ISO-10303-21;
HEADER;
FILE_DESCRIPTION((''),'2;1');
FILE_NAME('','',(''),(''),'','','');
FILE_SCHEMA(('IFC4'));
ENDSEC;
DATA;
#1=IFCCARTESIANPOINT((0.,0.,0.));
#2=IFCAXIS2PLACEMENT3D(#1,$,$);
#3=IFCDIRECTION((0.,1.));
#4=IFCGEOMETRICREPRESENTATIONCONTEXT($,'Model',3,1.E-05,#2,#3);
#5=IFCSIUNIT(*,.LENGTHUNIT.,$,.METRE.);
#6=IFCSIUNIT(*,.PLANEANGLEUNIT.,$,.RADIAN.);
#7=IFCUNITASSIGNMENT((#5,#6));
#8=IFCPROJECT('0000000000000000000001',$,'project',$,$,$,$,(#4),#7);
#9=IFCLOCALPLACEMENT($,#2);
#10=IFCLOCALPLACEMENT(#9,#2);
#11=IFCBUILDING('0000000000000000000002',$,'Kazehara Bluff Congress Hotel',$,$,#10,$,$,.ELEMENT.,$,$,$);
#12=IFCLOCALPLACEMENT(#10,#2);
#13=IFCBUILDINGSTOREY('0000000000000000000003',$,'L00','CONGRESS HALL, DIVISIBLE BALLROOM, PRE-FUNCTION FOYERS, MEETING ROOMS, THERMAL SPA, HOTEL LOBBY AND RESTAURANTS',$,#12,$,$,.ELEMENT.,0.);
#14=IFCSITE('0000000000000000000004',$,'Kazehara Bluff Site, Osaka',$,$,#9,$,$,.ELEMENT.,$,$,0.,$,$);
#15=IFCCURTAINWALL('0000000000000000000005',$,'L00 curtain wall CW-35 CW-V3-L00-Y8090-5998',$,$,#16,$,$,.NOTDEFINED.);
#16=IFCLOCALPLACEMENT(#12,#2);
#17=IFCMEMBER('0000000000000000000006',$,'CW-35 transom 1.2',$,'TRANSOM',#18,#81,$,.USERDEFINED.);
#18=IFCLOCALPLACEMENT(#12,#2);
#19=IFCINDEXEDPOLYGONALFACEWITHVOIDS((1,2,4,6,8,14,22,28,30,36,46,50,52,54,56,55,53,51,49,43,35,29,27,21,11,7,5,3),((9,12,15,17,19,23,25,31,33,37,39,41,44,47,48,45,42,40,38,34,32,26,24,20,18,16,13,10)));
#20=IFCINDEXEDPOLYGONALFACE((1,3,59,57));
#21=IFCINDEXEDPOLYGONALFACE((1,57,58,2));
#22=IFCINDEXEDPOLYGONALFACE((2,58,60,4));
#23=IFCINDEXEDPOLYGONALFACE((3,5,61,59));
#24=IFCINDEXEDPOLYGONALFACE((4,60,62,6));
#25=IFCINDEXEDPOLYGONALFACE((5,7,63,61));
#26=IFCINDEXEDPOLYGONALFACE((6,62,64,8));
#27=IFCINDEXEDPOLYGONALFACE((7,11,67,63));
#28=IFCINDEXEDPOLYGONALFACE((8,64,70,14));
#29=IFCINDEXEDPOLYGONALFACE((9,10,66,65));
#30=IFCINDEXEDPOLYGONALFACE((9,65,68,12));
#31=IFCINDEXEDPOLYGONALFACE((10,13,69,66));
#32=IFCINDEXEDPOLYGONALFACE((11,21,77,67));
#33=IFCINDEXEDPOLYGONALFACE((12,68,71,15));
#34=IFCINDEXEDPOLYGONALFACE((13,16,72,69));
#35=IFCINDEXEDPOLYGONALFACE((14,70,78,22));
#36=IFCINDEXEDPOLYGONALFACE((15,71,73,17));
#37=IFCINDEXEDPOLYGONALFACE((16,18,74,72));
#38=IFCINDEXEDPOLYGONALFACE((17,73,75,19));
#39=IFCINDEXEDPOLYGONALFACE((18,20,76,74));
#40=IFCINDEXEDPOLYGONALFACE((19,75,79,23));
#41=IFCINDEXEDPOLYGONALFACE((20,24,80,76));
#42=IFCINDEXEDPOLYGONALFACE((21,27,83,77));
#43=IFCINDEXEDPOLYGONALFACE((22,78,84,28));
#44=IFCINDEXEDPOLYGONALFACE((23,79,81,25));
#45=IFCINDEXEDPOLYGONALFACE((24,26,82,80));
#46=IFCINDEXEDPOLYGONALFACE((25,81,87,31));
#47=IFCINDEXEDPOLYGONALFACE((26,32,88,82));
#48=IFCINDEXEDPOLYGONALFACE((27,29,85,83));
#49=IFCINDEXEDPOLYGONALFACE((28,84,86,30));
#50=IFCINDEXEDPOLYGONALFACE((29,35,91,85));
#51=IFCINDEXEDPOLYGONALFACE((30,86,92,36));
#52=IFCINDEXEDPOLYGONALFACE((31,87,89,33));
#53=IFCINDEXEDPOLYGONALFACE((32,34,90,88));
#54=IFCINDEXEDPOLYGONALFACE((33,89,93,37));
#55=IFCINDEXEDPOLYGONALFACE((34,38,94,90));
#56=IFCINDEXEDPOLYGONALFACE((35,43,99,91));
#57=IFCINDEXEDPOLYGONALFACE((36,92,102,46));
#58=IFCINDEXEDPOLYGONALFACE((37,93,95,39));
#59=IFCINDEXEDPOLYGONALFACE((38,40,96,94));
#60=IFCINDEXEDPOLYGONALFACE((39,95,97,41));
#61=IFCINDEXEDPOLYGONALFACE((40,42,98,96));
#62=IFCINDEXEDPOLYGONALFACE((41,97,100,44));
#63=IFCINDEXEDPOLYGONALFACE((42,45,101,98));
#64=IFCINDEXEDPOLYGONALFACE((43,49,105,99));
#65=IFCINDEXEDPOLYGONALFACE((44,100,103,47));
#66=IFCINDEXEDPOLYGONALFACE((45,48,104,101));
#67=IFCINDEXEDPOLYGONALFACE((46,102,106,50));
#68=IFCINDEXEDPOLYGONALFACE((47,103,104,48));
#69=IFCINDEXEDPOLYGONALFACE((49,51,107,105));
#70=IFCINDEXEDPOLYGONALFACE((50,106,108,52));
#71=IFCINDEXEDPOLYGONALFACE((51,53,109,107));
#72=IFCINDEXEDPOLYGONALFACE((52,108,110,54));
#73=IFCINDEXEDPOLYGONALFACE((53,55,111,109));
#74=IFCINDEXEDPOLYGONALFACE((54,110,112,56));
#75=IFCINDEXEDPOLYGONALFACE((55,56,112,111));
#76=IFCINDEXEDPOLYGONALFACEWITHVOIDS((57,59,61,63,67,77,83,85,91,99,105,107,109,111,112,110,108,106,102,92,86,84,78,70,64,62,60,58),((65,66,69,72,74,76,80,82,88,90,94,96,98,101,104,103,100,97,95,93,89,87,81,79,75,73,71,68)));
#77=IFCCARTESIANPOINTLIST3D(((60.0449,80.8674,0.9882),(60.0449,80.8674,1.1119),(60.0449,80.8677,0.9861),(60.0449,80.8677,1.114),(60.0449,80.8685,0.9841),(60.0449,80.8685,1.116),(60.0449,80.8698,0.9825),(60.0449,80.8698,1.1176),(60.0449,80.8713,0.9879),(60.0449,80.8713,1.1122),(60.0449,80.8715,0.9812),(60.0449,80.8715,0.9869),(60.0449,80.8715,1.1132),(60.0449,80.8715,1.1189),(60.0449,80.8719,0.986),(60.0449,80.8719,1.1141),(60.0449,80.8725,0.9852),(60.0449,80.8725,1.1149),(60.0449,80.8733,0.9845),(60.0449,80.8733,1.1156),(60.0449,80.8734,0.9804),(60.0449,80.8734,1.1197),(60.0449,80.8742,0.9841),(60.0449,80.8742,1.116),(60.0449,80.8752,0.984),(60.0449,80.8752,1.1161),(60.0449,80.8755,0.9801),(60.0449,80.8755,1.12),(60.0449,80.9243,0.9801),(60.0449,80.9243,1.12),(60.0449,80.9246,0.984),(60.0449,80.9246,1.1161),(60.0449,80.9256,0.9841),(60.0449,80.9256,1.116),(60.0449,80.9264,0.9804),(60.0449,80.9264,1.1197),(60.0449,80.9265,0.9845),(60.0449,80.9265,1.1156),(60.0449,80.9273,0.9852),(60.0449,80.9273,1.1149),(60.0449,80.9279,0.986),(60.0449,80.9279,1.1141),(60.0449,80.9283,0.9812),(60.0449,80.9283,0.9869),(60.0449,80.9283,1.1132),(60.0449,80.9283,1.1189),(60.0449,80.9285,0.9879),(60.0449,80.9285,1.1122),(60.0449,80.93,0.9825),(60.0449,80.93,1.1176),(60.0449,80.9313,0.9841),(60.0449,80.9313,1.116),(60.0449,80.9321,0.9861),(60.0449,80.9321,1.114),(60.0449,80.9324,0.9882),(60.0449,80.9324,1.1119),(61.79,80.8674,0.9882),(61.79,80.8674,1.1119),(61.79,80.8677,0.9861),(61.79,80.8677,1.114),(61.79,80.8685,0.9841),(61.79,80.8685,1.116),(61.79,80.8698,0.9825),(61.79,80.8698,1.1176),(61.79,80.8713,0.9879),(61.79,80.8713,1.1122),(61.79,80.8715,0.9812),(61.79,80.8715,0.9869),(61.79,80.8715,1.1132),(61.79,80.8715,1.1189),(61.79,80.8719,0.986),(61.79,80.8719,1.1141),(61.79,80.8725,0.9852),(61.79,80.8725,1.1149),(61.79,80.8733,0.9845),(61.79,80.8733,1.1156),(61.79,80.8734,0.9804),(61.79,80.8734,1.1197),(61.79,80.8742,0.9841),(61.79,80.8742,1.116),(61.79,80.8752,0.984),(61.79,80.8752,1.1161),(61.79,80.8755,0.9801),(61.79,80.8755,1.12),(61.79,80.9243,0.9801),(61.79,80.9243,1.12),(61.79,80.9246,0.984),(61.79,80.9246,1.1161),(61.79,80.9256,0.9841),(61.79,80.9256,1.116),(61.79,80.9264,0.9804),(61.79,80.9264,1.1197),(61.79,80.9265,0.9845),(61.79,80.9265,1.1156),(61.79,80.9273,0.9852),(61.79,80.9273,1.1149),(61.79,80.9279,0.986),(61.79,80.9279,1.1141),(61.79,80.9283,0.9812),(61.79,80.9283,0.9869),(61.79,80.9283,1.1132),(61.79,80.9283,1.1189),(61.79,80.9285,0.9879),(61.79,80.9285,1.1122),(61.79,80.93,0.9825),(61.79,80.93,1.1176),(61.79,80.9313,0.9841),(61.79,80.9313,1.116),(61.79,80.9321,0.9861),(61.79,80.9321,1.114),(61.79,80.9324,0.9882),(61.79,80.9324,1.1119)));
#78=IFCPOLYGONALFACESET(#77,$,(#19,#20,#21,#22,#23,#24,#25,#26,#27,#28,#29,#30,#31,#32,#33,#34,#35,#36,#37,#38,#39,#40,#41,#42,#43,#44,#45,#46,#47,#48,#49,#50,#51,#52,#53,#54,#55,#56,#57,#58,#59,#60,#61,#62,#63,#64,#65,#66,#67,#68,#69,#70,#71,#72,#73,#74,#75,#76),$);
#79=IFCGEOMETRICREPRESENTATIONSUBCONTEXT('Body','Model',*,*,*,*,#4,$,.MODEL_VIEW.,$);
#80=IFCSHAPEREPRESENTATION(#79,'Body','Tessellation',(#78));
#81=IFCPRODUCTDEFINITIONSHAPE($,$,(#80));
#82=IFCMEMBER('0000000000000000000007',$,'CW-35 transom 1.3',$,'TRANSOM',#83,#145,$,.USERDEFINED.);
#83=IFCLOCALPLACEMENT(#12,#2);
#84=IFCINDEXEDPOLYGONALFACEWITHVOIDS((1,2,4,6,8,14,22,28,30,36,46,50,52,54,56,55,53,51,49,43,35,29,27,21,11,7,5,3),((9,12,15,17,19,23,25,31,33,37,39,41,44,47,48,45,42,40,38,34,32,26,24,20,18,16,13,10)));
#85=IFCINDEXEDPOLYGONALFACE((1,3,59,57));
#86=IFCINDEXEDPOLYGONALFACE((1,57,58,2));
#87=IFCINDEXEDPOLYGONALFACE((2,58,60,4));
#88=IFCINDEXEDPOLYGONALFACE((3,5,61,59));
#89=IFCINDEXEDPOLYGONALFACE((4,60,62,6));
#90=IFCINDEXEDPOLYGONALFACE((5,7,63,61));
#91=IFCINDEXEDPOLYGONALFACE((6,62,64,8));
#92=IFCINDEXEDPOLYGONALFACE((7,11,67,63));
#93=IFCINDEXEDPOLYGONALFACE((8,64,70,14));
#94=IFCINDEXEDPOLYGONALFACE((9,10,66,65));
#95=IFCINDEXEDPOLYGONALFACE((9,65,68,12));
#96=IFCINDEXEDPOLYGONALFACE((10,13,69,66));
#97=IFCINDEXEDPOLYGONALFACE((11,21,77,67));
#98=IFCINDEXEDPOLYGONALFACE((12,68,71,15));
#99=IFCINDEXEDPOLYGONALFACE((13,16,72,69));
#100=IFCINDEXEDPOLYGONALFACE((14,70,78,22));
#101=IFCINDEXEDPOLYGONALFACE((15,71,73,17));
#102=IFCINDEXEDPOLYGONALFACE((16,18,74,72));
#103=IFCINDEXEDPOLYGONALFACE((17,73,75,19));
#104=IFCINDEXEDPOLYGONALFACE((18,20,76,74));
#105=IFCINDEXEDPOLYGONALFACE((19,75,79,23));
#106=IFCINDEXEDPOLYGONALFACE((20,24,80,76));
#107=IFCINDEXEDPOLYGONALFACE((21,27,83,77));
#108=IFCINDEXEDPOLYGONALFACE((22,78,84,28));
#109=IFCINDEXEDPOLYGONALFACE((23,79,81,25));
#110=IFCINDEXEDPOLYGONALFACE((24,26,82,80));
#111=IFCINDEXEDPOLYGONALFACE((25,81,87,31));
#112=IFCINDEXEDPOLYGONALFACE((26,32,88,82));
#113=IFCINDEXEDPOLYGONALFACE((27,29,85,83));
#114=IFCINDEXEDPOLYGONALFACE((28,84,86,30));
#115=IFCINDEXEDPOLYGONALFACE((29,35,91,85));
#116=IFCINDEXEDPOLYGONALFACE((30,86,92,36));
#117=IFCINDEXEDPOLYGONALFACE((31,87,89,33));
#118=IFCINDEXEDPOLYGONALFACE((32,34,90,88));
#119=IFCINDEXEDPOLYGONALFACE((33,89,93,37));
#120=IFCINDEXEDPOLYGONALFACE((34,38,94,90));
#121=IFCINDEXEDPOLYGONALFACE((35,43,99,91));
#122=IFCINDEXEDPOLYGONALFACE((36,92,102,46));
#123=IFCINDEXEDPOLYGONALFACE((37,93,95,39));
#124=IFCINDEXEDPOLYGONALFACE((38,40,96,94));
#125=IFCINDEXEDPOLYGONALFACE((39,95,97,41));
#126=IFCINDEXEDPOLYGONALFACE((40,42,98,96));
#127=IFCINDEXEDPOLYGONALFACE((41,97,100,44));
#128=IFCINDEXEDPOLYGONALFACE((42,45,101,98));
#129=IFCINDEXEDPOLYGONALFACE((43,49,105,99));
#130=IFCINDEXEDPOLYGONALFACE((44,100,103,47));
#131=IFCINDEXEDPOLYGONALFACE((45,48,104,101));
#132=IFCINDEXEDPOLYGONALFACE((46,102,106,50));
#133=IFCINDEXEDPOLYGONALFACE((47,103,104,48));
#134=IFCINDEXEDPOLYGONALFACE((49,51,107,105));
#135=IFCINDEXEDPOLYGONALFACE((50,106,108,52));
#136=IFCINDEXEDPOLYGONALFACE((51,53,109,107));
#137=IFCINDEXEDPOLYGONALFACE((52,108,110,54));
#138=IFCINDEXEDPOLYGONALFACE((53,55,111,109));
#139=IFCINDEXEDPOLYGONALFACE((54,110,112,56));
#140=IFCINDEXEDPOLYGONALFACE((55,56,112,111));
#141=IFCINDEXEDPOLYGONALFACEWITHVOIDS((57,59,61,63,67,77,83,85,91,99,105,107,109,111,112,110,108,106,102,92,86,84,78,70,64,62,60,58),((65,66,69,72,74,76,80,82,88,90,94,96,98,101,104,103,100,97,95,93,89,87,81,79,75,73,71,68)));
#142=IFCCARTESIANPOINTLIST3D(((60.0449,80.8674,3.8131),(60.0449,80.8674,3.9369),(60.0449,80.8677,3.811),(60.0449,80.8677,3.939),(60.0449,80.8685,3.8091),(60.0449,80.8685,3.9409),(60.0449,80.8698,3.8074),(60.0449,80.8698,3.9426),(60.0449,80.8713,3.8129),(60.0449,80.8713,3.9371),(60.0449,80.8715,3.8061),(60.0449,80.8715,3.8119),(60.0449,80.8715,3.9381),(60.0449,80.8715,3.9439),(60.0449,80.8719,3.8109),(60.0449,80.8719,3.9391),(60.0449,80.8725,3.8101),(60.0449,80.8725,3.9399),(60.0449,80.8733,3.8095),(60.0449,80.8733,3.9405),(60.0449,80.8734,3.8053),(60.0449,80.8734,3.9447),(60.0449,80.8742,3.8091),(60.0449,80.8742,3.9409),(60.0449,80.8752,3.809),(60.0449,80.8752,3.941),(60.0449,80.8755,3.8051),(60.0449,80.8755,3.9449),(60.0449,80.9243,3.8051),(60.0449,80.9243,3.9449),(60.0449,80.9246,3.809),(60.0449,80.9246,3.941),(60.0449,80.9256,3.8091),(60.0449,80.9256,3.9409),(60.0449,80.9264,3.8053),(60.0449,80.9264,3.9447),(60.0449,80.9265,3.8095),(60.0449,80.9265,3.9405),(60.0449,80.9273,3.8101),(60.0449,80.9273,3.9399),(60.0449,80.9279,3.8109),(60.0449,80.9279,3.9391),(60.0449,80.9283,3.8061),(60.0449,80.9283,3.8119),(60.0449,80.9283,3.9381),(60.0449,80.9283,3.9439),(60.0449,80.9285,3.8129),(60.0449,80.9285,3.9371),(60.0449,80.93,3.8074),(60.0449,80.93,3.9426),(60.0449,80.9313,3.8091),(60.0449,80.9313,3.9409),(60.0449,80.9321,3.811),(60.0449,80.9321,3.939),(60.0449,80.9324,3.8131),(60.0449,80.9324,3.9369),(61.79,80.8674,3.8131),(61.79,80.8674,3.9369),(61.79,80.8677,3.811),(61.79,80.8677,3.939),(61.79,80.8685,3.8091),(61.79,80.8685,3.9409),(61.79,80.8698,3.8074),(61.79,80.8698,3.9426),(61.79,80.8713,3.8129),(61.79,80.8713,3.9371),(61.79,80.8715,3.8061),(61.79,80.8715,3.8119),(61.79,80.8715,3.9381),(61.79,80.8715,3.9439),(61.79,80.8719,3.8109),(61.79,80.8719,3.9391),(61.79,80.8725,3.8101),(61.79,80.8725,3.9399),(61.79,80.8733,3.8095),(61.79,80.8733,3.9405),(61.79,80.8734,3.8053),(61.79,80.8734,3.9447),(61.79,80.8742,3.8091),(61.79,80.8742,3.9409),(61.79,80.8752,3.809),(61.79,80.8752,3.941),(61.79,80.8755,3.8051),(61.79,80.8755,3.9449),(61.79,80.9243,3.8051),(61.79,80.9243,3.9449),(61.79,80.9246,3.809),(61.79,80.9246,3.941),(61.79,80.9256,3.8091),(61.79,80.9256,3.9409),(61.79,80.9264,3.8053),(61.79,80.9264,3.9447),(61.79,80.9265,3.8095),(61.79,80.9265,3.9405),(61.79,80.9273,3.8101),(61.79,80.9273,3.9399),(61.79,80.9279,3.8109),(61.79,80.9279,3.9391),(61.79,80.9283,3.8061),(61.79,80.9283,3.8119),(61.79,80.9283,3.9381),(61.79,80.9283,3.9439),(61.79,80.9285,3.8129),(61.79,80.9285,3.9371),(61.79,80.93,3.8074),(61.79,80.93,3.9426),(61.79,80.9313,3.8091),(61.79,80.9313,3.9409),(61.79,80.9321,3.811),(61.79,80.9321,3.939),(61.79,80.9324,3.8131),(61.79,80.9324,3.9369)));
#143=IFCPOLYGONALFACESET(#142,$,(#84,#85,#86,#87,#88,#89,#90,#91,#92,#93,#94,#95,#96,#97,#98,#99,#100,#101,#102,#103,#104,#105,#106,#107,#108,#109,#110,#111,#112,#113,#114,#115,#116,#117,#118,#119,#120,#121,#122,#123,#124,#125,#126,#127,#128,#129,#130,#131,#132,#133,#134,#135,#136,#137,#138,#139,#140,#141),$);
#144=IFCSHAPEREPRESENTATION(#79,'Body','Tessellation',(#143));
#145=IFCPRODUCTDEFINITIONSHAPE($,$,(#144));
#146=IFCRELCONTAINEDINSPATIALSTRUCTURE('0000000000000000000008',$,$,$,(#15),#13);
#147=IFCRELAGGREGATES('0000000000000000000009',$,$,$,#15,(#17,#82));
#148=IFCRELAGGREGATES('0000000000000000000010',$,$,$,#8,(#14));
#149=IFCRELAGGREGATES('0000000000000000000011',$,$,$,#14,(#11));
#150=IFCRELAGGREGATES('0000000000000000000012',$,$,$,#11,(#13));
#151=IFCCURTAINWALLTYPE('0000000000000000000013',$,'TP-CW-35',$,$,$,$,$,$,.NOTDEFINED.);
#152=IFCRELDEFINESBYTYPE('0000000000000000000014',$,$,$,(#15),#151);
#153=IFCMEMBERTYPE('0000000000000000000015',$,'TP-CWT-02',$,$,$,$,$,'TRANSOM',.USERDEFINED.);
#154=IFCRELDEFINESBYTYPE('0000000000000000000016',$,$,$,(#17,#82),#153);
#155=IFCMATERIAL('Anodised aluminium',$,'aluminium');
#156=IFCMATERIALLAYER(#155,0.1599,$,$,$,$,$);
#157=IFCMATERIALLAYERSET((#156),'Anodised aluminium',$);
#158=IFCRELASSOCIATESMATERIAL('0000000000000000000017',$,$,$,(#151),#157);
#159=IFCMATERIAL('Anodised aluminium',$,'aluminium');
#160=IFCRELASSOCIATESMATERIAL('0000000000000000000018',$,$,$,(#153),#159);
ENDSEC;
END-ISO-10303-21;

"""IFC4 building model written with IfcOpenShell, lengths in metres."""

from ifc_helpers import new_model, si_unit, direction, frame, origin, origin_2d, place, context, subcontext, project, spatial, hollow_rectangle, extrude, material, layer, layer_set, material_profile, profile_set, type_object, element, aggregate, save


model = new_model("IFC4")

# Units and contexts
model_context = context("Model", 3, precision=1e-05, world=origin(), true_north=direction((0.0, 1.0)))
body_context = subcontext(model_context, "Body", "Model", "MODEL_VIEW")
ifc_project = project(units=[si_unit("LENGTHUNIT", "METRE"), si_unit("PLANEANGLEUNIT", "RADIAN")], contexts=[model_context])

# Site, building, storey
site_placement = place(None, origin())
site = spatial("IfcSite", under=ifc_project, at=site_placement, Name="Kazehara Bluff Site, Osaka", CompositionType="ELEMENT", RefElevation=0.0)
building_placement = place(site_placement, origin())
building = spatial("IfcBuilding", under=site, at=building_placement, Name="Kazehara Bluff Congress Hotel", CompositionType="ELEMENT")
storey_placement = place(building_placement, origin())
storey = spatial("IfcBuildingStorey", under=building, at=storey_placement, Name="L00", Description="CONGRESS HALL, DIVISIBLE BALLROOM, PRE-FUNCTION FOYERS, MEETING ROOMS, THERMAL SPA, HOTEL LOBBY AND RESTAURANTS", CompositionType="ELEMENT", Elevation=0.0)

# Curtain wall
ifc_material_1 = material(Name="Anodised aluminium", Category="aluminium")
ifc_layer_1 = layer(ifc_material_1, 0.1599)
ifc_layer_set_1 = layer_set([ifc_layer_1], Name="Anodised aluminium")
curtain_wall_type_1 = type_object("IfcCurtainWallType", Name="TP-CW-35", PredefinedType="NOTDEFINED", material=ifc_layer_set_1)
curtain_wall_1_placement = place(storey_placement, origin())
curtain_wall_1 = element("IfcCurtainWall", 1, at=curtain_wall_1_placement, inside=storey, type_object=curtain_wall_type_1, Name="L00 curtain wall CW-35 CW-V3-L00-Y8090-5998", PredefinedType="NOTDEFINED")

# Members
ifc_material_2 = material(Name="Anodised aluminium", Category="aluminium")
ifc_material_profile_1 = material_profile(ifc_material_2, hollow_rectangle(XDim=0.0649, YDim=0.1399, WallThickness=0.0039, InnerFilletRadius=0.0039, OuterFilletRadius=0.0081, at=origin_2d()))
ifc_profile_set_1 = profile_set([ifc_material_profile_1], Name="Anodised aluminium")
member_type_1 = type_object("IfcMemberType", Name="TP-CWT-02", ElementType="TRANSOM", PredefinedType="USERDEFINED", material=ifc_profile_set_1)
member_1_placement = place(storey_placement, frame((60.0449, 80.8999, 1.05), z_axis=(1.0, 0.0, 0.0), x_axis=(0.0, 1.0, 0.0)))
member_1 = element("IfcMember", 2, at=member_1_placement, type_object=member_type_1, Name="CW-35 transom 1.2", ObjectType="TRANSOM", PredefinedType="USERDEFINED", context=body_context, shape_type="SweptSolid", body=[
    extrude(hollow_rectangle(XDim=0.0649, YDim=0.1399, WallThickness=0.0039, InnerFilletRadius=0.0039, OuterFilletRadius=0.0081, at=origin_2d()), origin(), (0.0, 0.0, 1.0), 1.7451),
])
member_2_placement = place(storey_placement, frame((60.0449, 80.8999, 3.875), z_axis=(1.0, 0.0, 0.0), x_axis=(0.0, 1.0, 0.0)))
member_2 = element("IfcMember", 3, at=member_2_placement, type_object=member_type_1, Name="CW-35 transom 1.3", ObjectType="TRANSOM", PredefinedType="USERDEFINED", context=body_context, shape_type="SweptSolid", body=[
    extrude(hollow_rectangle(XDim=0.0649, YDim=0.1399, WallThickness=0.0039, InnerFilletRadius=0.0039, OuterFilletRadius=0.0081, at=origin_2d()), origin(), (0.0, 0.0, 1.0), 1.7451),
])

aggregate(curtain_wall_1, [member_1, member_2])

save(model, "model.ifc")
